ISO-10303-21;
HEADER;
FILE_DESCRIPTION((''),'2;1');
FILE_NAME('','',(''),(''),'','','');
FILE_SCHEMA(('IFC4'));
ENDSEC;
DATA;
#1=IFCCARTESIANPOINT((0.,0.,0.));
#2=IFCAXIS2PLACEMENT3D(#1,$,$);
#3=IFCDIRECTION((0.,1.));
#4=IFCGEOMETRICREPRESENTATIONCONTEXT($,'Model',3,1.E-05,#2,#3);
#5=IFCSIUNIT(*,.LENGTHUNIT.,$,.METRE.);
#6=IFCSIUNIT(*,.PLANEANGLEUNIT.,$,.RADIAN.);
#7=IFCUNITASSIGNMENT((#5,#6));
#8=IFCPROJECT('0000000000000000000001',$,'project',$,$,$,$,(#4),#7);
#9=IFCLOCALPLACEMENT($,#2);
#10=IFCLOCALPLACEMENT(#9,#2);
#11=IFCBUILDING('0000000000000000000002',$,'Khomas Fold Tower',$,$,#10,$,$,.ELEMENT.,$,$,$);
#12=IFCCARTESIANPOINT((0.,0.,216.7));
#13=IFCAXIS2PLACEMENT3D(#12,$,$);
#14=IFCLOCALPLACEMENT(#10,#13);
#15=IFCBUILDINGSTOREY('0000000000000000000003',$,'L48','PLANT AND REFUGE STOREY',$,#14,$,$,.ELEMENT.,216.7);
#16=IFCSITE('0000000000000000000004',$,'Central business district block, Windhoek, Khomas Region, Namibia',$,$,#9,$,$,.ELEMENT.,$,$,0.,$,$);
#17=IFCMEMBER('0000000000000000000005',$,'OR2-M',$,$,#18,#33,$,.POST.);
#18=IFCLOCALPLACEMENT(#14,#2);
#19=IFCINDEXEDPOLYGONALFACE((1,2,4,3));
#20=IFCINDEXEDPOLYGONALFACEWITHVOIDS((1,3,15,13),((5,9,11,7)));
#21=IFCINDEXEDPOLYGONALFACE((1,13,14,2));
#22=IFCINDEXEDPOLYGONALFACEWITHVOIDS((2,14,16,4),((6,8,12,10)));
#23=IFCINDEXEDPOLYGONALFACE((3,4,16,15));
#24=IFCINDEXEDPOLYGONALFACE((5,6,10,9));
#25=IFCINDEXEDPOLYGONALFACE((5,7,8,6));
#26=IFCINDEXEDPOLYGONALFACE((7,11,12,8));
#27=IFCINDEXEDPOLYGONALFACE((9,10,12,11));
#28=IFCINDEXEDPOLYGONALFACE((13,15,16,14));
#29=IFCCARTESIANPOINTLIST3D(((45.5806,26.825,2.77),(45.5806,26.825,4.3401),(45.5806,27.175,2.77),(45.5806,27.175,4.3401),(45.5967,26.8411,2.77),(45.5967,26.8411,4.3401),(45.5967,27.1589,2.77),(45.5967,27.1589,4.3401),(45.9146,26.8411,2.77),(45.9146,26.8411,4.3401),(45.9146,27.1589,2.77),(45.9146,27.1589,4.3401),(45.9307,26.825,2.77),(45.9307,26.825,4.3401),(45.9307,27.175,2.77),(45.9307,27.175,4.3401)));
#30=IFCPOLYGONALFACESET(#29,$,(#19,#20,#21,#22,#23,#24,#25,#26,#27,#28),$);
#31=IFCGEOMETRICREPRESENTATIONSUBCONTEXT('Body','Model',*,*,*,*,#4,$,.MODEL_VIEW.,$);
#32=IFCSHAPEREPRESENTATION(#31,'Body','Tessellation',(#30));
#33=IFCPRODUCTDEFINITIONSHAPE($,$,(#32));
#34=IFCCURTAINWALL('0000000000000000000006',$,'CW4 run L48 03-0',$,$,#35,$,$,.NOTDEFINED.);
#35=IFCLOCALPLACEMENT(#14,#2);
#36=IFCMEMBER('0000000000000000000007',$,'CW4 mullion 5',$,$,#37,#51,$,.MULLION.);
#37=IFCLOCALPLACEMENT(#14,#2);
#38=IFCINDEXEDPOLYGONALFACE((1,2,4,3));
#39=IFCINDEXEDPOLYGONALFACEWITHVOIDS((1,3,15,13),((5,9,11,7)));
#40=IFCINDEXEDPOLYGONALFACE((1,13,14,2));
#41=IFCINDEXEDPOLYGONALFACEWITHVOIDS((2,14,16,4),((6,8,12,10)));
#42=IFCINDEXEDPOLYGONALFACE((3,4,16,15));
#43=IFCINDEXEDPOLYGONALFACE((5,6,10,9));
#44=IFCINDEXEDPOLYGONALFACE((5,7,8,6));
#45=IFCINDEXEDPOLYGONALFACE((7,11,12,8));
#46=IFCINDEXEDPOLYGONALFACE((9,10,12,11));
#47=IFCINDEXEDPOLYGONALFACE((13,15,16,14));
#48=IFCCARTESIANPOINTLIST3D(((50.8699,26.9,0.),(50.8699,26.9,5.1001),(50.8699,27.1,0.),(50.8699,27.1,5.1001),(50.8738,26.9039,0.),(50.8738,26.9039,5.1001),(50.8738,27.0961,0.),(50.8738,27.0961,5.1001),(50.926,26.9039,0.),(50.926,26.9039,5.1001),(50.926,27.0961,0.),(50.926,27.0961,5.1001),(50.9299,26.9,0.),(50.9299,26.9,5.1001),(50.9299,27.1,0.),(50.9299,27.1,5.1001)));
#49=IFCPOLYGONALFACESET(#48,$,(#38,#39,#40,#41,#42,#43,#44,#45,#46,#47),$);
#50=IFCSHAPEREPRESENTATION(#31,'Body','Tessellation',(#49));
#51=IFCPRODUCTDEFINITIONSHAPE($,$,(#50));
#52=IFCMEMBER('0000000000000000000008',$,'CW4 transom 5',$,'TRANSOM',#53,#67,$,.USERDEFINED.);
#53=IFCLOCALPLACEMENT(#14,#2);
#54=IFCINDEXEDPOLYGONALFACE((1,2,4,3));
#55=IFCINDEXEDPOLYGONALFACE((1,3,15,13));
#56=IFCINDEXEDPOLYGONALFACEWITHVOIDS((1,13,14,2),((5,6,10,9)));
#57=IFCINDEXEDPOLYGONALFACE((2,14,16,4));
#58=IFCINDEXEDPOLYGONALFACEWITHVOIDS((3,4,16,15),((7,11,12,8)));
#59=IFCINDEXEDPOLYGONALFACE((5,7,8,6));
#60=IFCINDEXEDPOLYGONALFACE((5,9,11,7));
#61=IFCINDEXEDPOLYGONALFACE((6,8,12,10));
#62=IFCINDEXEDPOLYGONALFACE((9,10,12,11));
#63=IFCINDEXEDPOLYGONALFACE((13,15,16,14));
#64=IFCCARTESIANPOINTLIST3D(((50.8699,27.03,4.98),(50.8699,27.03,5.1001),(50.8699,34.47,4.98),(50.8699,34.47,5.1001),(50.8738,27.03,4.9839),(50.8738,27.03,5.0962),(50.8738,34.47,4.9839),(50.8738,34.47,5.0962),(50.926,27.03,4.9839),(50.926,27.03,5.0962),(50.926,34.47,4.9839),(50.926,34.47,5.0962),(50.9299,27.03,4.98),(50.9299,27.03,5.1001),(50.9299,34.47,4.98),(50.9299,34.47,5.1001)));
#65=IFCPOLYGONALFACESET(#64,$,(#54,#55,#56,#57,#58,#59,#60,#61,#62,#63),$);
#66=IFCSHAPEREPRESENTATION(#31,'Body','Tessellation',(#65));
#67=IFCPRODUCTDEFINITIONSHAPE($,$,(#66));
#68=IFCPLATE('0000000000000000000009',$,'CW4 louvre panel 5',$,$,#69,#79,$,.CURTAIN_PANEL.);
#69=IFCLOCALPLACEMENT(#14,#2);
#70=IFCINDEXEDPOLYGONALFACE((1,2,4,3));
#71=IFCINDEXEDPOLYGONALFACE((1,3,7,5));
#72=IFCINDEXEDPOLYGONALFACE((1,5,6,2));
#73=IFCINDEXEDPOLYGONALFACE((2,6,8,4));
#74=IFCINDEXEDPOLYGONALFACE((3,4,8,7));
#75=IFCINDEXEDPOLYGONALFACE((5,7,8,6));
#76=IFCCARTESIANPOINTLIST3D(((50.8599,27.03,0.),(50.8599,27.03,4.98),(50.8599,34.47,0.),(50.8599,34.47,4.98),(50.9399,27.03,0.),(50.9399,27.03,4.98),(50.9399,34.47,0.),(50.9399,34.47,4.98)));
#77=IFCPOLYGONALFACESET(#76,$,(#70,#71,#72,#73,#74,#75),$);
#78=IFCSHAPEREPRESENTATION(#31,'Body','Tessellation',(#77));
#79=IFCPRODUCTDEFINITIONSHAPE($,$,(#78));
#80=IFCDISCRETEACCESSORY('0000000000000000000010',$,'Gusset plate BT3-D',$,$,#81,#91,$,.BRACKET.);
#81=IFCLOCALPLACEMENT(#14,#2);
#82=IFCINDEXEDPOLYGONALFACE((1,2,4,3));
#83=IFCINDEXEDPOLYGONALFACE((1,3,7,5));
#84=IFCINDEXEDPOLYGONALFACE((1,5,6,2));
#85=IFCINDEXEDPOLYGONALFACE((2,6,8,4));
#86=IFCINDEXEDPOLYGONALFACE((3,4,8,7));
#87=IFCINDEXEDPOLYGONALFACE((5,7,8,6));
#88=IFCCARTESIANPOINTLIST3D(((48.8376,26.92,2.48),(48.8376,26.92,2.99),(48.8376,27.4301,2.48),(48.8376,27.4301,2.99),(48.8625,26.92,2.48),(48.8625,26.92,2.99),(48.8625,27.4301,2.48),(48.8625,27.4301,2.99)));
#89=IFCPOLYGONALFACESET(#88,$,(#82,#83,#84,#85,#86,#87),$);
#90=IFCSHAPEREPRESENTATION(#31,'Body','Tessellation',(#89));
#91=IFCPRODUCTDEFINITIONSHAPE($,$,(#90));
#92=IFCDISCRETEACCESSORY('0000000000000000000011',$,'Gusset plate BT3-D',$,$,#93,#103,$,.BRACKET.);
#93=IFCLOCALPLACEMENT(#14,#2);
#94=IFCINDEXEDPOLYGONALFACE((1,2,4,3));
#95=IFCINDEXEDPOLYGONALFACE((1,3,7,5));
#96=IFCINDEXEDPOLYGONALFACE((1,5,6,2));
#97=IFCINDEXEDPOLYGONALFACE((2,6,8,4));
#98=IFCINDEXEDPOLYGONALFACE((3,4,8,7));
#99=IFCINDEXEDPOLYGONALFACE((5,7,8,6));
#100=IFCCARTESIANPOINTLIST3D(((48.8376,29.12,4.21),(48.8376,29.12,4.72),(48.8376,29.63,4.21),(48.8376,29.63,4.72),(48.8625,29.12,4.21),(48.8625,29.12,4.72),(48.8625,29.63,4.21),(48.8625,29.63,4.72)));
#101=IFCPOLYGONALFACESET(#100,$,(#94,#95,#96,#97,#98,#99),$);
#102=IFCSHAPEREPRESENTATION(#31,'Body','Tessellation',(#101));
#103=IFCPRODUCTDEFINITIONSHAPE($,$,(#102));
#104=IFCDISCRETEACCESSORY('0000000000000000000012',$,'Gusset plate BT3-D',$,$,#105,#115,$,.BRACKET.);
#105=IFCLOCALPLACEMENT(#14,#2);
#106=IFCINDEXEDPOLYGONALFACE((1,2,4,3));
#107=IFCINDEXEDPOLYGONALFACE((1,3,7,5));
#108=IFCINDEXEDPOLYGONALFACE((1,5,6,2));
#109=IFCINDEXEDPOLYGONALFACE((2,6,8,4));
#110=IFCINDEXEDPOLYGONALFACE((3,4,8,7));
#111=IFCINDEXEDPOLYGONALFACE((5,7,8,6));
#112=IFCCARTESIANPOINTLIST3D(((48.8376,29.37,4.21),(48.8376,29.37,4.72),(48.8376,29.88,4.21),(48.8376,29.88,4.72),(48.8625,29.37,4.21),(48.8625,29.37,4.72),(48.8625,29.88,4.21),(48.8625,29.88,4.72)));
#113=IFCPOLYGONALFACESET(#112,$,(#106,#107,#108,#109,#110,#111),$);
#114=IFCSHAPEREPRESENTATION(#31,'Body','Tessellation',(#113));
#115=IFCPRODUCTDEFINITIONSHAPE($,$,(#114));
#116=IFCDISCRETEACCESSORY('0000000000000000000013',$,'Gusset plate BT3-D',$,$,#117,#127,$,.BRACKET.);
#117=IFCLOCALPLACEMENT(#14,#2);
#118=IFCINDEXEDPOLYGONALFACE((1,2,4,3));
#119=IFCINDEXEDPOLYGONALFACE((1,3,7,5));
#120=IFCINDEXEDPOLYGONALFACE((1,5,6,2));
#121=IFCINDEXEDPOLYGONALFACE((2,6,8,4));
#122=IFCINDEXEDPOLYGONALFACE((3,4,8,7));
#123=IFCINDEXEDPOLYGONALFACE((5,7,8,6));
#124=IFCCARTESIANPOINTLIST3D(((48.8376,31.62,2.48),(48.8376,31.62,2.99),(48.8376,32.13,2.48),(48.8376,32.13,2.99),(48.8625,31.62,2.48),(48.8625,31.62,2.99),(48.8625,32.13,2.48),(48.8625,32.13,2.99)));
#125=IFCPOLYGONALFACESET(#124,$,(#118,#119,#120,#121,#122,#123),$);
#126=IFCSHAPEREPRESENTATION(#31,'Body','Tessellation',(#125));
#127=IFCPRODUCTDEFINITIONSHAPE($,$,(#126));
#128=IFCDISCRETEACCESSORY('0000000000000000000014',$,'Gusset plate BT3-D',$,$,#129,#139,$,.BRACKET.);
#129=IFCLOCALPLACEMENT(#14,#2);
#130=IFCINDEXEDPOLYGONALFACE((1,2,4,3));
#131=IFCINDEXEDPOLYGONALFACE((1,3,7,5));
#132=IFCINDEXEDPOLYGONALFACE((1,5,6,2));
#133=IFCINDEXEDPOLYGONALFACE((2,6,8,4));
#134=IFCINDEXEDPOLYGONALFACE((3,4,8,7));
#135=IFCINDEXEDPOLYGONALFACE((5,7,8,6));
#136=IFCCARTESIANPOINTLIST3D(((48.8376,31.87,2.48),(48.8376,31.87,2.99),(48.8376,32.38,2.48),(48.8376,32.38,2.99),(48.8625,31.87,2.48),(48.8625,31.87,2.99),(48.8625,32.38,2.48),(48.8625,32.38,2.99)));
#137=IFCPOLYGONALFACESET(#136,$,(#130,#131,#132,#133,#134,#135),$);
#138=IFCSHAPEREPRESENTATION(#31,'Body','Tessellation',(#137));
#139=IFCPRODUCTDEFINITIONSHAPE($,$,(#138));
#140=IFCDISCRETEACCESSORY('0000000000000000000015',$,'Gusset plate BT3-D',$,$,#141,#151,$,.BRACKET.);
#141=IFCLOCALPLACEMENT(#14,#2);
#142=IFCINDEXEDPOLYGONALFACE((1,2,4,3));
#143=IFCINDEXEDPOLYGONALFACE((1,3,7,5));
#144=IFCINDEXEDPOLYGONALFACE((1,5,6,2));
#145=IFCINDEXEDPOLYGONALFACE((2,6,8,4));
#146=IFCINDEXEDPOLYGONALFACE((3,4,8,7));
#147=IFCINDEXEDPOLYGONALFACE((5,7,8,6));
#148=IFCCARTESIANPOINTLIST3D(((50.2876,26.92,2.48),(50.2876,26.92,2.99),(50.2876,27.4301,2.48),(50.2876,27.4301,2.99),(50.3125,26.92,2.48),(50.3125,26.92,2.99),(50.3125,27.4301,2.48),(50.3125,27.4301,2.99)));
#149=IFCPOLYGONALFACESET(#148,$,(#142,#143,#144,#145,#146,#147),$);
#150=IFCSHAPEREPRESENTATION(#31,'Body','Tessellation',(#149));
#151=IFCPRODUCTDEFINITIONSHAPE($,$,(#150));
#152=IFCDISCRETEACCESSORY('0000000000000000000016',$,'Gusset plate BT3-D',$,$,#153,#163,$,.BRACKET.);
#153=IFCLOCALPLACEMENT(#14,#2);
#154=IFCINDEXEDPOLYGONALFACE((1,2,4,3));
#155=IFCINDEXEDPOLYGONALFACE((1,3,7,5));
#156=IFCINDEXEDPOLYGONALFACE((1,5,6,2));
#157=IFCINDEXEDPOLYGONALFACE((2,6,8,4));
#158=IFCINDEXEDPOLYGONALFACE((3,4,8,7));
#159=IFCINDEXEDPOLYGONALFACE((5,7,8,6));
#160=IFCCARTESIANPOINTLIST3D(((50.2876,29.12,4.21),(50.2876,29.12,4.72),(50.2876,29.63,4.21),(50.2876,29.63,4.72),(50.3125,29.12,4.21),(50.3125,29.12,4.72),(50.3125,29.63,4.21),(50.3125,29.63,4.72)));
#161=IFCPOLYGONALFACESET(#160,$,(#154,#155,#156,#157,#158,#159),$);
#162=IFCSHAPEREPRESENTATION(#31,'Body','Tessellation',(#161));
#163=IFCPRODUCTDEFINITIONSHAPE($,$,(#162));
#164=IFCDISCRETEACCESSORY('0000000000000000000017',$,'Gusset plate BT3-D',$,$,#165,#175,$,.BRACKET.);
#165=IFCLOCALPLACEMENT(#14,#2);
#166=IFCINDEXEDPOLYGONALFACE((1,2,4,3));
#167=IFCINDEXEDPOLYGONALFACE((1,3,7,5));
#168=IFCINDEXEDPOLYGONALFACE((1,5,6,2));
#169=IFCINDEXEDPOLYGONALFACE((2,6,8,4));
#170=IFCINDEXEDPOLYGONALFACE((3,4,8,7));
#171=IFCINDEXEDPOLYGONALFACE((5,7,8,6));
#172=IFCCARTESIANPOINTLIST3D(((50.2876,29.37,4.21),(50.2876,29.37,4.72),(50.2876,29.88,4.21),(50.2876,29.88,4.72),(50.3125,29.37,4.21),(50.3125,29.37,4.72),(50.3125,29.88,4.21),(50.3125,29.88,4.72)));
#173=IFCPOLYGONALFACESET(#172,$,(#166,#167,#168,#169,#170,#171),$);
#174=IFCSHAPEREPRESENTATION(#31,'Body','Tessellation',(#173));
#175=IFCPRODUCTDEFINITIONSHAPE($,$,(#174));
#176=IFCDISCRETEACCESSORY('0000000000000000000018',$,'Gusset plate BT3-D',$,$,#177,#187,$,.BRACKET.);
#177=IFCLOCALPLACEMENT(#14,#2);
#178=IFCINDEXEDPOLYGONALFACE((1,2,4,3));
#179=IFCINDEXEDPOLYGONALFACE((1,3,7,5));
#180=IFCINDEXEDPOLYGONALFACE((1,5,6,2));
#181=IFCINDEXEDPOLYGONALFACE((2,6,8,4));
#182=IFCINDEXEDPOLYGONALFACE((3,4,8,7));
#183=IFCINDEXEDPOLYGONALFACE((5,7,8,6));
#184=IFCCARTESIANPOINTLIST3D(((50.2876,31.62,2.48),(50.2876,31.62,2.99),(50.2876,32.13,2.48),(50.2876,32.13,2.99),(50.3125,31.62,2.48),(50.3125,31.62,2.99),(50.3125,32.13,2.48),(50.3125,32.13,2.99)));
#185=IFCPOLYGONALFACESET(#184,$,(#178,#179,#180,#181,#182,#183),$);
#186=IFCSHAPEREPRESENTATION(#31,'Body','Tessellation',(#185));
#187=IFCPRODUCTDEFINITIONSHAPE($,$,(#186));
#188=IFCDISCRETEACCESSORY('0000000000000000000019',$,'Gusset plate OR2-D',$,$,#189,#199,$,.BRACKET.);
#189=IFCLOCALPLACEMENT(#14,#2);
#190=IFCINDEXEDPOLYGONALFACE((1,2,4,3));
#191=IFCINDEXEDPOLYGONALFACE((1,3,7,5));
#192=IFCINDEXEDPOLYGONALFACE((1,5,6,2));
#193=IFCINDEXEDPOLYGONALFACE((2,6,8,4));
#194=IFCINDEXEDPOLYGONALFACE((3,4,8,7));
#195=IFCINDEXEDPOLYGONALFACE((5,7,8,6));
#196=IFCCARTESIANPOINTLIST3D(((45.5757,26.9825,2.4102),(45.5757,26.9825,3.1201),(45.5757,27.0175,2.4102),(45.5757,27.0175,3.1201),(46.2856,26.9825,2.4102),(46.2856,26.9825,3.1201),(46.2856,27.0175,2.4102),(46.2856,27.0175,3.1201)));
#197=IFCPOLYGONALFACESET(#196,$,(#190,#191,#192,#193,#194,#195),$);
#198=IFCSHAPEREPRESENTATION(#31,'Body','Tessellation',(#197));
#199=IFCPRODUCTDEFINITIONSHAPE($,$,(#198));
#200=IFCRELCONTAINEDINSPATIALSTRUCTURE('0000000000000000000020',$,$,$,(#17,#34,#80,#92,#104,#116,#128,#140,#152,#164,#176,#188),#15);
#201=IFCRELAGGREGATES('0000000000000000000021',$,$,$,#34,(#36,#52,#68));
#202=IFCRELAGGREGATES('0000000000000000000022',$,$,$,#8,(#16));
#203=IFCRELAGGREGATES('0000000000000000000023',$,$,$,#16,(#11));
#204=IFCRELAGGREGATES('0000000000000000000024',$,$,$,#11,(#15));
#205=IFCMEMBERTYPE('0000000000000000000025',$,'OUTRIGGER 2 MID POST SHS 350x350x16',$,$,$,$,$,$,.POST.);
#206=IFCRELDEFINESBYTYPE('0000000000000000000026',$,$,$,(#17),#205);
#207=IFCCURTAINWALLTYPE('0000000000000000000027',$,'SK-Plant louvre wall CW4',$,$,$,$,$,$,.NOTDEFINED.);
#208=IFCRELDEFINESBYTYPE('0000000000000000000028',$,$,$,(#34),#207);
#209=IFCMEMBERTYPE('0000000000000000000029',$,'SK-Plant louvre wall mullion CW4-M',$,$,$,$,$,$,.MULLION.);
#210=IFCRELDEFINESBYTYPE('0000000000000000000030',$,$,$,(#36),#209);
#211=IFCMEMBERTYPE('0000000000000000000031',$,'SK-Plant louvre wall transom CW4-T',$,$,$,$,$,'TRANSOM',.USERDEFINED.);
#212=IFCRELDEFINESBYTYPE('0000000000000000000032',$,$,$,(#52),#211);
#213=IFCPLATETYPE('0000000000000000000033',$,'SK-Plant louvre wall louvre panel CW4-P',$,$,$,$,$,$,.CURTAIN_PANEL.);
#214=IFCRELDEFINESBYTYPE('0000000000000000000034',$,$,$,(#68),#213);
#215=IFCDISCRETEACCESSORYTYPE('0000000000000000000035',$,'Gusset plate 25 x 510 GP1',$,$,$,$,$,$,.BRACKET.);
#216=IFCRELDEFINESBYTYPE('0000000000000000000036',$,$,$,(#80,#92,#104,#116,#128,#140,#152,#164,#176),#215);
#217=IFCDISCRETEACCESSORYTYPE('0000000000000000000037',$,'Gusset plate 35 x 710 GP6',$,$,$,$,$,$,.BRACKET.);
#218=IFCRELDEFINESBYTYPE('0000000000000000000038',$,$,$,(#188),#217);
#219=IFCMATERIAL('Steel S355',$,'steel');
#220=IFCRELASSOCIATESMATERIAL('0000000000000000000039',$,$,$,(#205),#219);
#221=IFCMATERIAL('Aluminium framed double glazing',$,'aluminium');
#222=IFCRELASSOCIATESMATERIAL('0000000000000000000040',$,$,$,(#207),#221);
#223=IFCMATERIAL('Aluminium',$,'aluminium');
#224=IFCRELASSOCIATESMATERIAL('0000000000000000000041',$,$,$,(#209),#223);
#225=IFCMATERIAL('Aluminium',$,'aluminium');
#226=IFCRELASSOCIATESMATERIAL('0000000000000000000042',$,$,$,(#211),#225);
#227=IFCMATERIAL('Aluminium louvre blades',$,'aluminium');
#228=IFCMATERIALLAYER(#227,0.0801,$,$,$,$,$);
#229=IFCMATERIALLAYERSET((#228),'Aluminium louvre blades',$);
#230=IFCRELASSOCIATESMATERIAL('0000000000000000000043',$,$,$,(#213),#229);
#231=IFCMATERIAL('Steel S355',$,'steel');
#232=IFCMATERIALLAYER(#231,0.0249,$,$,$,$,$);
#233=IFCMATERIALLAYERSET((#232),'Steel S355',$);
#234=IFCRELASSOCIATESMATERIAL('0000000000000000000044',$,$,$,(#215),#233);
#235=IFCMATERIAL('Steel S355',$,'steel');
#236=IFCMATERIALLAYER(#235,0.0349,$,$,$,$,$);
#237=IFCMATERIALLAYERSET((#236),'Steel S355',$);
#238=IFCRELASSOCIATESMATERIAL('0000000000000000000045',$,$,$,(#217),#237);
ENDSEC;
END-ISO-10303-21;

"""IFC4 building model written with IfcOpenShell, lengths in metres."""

from ifc_helpers import new_model, si_unit, direction, frame, origin, origin_2d, place, context, subcontext, project, spatial, rectangle, hollow_rectangle, extrude, source, transform, mapped, material, layer, layer_set, material_profile, profile_set, type_object, element, aggregate, save


model = new_model("IFC4")

# Units and contexts
model_context = context("Model", 3, precision=1e-05, world=origin(), true_north=direction((0.0, 1.0)))
body_context = subcontext(model_context, "Body", "Model", "MODEL_VIEW")
ifc_project = project(units=[si_unit("LENGTHUNIT", "METRE"), si_unit("PLANEANGLEUNIT", "RADIAN")], contexts=[model_context])

# Site, building, storey
site_placement = place(None, origin())
site = spatial("IfcSite", under=ifc_project, at=site_placement, Name="Central business district block, Windhoek, Khomas Region, Namibia", CompositionType="ELEMENT", RefElevation=0.0)
building_placement = place(site_placement, origin())
building = spatial("IfcBuilding", under=site, at=building_placement, Name="Khomas Fold Tower", CompositionType="ELEMENT")
storey_placement = place(building_placement, frame((0.0, 0.0, 216.7)))
storey = spatial("IfcBuildingStorey", under=building, at=storey_placement, Name="L48", Description="PLANT AND REFUGE STOREY", CompositionType="ELEMENT", Elevation=216.7)

# Member
ifc_material_1 = material(Name="Steel S355", Category="steel")
ifc_material_profile_1 = material_profile(ifc_material_1, hollow_rectangle(XDim=0.3501, YDim=0.3501, WallThickness=0.0161, at=origin_2d()), Name="SHS 350x350x16")
ifc_profile_set_1 = profile_set([ifc_material_profile_1], Name="Steel S355")
member_type_1 = type_object("IfcMemberType", Name="OUTRIGGER 2 MID POST SHS 350x350x16", PredefinedType="POST", material=ifc_profile_set_1)
shared_shape_1 = source(origin(), body_context, "Body", "SweptSolid", [
    extrude(hollow_rectangle(XDim=0.3501, YDim=0.3501, WallThickness=0.0161, at=origin_2d()), origin(), (0.0, 0.0, 1.0), 1.5701),
])
member_1_placement = place(storey_placement, frame((45.7556, 27.0, 2.77), z_axis=(0.0, 0.0, 1.0), x_axis=(1.0, 0.0, 0.0)))
element("IfcMember", 1, at=member_1_placement, inside=storey, type_object=member_type_1, Name="OR2-M", PredefinedType="POST", context=body_context, shape_type="MappedRepresentation", body=[
    mapped(shared_shape_1, transform((0.0, 0.0, 0.0))),
])

# Curtain wall, members, plate
ifc_material_2 = material(Name="Aluminium framed double glazing", Category="aluminium")
curtain_wall_type = type_object("IfcCurtainWallType", Name="SK-Plant louvre wall CW4", PredefinedType="NOTDEFINED", material=ifc_material_2)
curtain_wall_placement = place(storey_placement, origin())
curtain_wall = element("IfcCurtainWall", 2, at=curtain_wall_placement, inside=storey, type_object=curtain_wall_type, Name="CW4 run L48 03-0", PredefinedType="NOTDEFINED")
ifc_material_3 = material(Name="Aluminium", Category="aluminium")
ifc_material_profile_2 = material_profile(ifc_material_3, hollow_rectangle(XDim=0.0601, YDim=0.2, WallThickness=0.0039, at=origin_2d()), Name="SK-Plant louvre wall mullion CW4-M")
ifc_profile_set_2 = profile_set([ifc_material_profile_2], Name="Aluminium")
member_type_2 = type_object("IfcMemberType", Name="SK-Plant louvre wall mullion CW4-M", PredefinedType="MULLION", material=ifc_profile_set_2)
shared_shape_2 = source(origin(), body_context, "Body", "SweptSolid", [
    extrude(hollow_rectangle(XDim=0.0601, YDim=0.2, WallThickness=0.0039, at=origin_2d()), origin(), (0.0, 0.0, 1.0), 5.1001),
])
member_2_placement = place(storey_placement, frame((50.8999, 27.0, 0.0), z_axis=(0.0, 0.0, 1.0), x_axis=(-1.0, 0.0, 0.0)))
member_2 = element("IfcMember", 3, at=member_2_placement, type_object=member_type_2, Name="CW4 mullion 5", PredefinedType="MULLION", context=body_context, shape_type="MappedRepresentation", body=[
    mapped(shared_shape_2, transform((0.0, 0.0, 0.0))),
])
ifc_material_4 = material(Name="Aluminium", Category="aluminium")
ifc_material_profile_3 = material_profile(ifc_material_4, hollow_rectangle(XDim=0.0601, YDim=0.1201, WallThickness=0.0039, at=origin_2d()), Name="SK-Plant louvre wall transom CW4-T")
ifc_profile_set_3 = profile_set([ifc_material_profile_3], Name="Aluminium")
member_type_3 = type_object("IfcMemberType", Name="SK-Plant louvre wall transom CW4-T", ElementType="TRANSOM", PredefinedType="USERDEFINED", material=ifc_profile_set_3)
shared_shape_3 = source(origin(), body_context, "Body", "SweptSolid", [
    extrude(hollow_rectangle(XDim=0.0601, YDim=0.1201, WallThickness=0.0039, at=origin_2d()), origin(), (0.0, 0.0, 1.0), 7.4399),
])
member_3_placement = place(storey_placement, frame((50.8999, 27.03, 5.04), z_axis=(0.0, 1.0, 0.0), x_axis=(-1.0, 0.0, 0.0)))
member_3 = element("IfcMember", 4, at=member_3_placement, type_object=member_type_3, Name="CW4 transom 5", ObjectType="TRANSOM", PredefinedType="USERDEFINED", context=body_context, shape_type="MappedRepresentation", body=[
    mapped(shared_shape_3, transform((0.0, 0.0, 0.0))),
])
ifc_material_5 = material(Name="Aluminium louvre blades", Category="aluminium")
ifc_layer_1 = layer(ifc_material_5, 0.0801)
ifc_layer_set_1 = layer_set([ifc_layer_1], Name="Aluminium louvre blades")
plate_type = type_object("IfcPlateType", Name="SK-Plant louvre wall louvre panel CW4-P", PredefinedType="CURTAIN_PANEL", material=ifc_layer_set_1)
shared_shape_4 = source(origin(), body_context, "Body", "SweptSolid", [
    extrude(rectangle(XDim=7.4399, YDim=0.0801, at=origin_2d()), origin(), (0.0, 0.0, 1.0), 4.98),
])
plate_placement = place(storey_placement, frame((50.8999, 30.75, 0.0), z_axis=(0.0, 0.0, 1.0), x_axis=(0.0, 1.0, 0.0)))
plate = element("IfcPlate", 5, at=plate_placement, type_object=plate_type, Name="CW4 louvre panel 5", PredefinedType="CURTAIN_PANEL", context=body_context, shape_type="MappedRepresentation", body=[
    mapped(shared_shape_4, transform((0.0, 0.0, 0.0))),
])
aggregate(curtain_wall, [member_2, member_3, plate])

# Discrete accessories
ifc_material_6 = material(Name="Steel S355", Category="steel")
ifc_layer_2 = layer(ifc_material_6, 0.0249)
ifc_layer_set_2 = layer_set([ifc_layer_2], Name="Steel S355")
discrete_accessory_type_1 = type_object("IfcDiscreteAccessoryType", Name="Gusset plate 25 x 510 GP1", PredefinedType="BRACKET", material=ifc_layer_set_2)
shared_shape_5 = source(origin(), body_context, "Body", "SweptSolid", [
    extrude(rectangle(XDim=0.51, YDim=0.0249, at=origin_2d()), origin(), (0.0, 0.0, 1.0), 0.51),
])
for number, where, z_axis, x_axis, name in (
    (6, (48.8501, 27.175, 2.48), (0.0, 0.0, 1.0), (0.0, 1.0, 0.0), "Gusset plate BT3-D"),
    (7, (48.8501, 29.375, 4.21), (0.0, 0.0, 1.0), (0.0, 1.0, 0.0), "Gusset plate BT3-D"),
    (8, (48.8501, 29.625, 4.21), (0.0, 0.0, 1.0), (0.0, 1.0, 0.0), "Gusset plate BT3-D"),
    (9, (48.8501, 31.875, 2.48), (0.0, 0.0, 1.0), (0.0, 1.0, 0.0), "Gusset plate BT3-D"),
    (10, (48.8501, 32.125, 2.48), (0.0, 0.0, 1.0), (0.0, 1.0, 0.0), "Gusset plate BT3-D"),
    (11, (50.3, 27.175, 2.48), (0.0, 0.0, 1.0), (0.0, 1.0, 0.0), "Gusset plate BT3-D"),
    (12, (50.3, 29.375, 4.21), (0.0, 0.0, 1.0), (0.0, 1.0, 0.0), "Gusset plate BT3-D"),
    (13, (50.3, 29.625, 4.21), (0.0, 0.0, 1.0), (0.0, 1.0, 0.0), "Gusset plate BT3-D"),
    (14, (50.3, 31.875, 2.48), (0.0, 0.0, 1.0), (0.0, 1.0, 0.0), "Gusset plate BT3-D"),
):
    element("IfcDiscreteAccessory", number, at=place(storey_placement, frame(where, z_axis=z_axis, x_axis=x_axis)), inside=storey, type_object=discrete_accessory_type_1, Name=name, PredefinedType="BRACKET", context=body_context, shape_type="MappedRepresentation", body=[
        mapped(shared_shape_5, transform((0.0, 0.0, 0.0))),
    ])
ifc_material_7 = material(Name="Steel S355", Category="steel")
ifc_layer_3 = layer(ifc_material_7, 0.0349)
ifc_layer_set_3 = layer_set([ifc_layer_3], Name="Steel S355")
discrete_accessory_type_2 = type_object("IfcDiscreteAccessoryType", Name="Gusset plate 35 x 710 GP6", PredefinedType="BRACKET", material=ifc_layer_set_3)
shared_shape_6 = source(origin(), body_context, "Body", "SweptSolid", [
    extrude(rectangle(XDim=0.71, YDim=0.0349, at=origin_2d()), origin(), (0.0, 0.0, 1.0), 0.71),
])
for number, where, z_axis, x_axis, name in (
    (15, (45.9307, 27.0, 2.4102), (0.0, 0.0, 1.0), (1.0, 0.0, 0.0), "Gusset plate OR2-D"),
):
    element("IfcDiscreteAccessory", number, at=place(storey_placement, frame(where, z_axis=z_axis, x_axis=x_axis)), inside=storey, type_object=discrete_accessory_type_2, Name=name, PredefinedType="BRACKET", context=body_context, shape_type="MappedRepresentation", body=[
        mapped(shared_shape_6, transform((0.0, 0.0, 0.0))),
    ])

save(model, "model.ifc")
